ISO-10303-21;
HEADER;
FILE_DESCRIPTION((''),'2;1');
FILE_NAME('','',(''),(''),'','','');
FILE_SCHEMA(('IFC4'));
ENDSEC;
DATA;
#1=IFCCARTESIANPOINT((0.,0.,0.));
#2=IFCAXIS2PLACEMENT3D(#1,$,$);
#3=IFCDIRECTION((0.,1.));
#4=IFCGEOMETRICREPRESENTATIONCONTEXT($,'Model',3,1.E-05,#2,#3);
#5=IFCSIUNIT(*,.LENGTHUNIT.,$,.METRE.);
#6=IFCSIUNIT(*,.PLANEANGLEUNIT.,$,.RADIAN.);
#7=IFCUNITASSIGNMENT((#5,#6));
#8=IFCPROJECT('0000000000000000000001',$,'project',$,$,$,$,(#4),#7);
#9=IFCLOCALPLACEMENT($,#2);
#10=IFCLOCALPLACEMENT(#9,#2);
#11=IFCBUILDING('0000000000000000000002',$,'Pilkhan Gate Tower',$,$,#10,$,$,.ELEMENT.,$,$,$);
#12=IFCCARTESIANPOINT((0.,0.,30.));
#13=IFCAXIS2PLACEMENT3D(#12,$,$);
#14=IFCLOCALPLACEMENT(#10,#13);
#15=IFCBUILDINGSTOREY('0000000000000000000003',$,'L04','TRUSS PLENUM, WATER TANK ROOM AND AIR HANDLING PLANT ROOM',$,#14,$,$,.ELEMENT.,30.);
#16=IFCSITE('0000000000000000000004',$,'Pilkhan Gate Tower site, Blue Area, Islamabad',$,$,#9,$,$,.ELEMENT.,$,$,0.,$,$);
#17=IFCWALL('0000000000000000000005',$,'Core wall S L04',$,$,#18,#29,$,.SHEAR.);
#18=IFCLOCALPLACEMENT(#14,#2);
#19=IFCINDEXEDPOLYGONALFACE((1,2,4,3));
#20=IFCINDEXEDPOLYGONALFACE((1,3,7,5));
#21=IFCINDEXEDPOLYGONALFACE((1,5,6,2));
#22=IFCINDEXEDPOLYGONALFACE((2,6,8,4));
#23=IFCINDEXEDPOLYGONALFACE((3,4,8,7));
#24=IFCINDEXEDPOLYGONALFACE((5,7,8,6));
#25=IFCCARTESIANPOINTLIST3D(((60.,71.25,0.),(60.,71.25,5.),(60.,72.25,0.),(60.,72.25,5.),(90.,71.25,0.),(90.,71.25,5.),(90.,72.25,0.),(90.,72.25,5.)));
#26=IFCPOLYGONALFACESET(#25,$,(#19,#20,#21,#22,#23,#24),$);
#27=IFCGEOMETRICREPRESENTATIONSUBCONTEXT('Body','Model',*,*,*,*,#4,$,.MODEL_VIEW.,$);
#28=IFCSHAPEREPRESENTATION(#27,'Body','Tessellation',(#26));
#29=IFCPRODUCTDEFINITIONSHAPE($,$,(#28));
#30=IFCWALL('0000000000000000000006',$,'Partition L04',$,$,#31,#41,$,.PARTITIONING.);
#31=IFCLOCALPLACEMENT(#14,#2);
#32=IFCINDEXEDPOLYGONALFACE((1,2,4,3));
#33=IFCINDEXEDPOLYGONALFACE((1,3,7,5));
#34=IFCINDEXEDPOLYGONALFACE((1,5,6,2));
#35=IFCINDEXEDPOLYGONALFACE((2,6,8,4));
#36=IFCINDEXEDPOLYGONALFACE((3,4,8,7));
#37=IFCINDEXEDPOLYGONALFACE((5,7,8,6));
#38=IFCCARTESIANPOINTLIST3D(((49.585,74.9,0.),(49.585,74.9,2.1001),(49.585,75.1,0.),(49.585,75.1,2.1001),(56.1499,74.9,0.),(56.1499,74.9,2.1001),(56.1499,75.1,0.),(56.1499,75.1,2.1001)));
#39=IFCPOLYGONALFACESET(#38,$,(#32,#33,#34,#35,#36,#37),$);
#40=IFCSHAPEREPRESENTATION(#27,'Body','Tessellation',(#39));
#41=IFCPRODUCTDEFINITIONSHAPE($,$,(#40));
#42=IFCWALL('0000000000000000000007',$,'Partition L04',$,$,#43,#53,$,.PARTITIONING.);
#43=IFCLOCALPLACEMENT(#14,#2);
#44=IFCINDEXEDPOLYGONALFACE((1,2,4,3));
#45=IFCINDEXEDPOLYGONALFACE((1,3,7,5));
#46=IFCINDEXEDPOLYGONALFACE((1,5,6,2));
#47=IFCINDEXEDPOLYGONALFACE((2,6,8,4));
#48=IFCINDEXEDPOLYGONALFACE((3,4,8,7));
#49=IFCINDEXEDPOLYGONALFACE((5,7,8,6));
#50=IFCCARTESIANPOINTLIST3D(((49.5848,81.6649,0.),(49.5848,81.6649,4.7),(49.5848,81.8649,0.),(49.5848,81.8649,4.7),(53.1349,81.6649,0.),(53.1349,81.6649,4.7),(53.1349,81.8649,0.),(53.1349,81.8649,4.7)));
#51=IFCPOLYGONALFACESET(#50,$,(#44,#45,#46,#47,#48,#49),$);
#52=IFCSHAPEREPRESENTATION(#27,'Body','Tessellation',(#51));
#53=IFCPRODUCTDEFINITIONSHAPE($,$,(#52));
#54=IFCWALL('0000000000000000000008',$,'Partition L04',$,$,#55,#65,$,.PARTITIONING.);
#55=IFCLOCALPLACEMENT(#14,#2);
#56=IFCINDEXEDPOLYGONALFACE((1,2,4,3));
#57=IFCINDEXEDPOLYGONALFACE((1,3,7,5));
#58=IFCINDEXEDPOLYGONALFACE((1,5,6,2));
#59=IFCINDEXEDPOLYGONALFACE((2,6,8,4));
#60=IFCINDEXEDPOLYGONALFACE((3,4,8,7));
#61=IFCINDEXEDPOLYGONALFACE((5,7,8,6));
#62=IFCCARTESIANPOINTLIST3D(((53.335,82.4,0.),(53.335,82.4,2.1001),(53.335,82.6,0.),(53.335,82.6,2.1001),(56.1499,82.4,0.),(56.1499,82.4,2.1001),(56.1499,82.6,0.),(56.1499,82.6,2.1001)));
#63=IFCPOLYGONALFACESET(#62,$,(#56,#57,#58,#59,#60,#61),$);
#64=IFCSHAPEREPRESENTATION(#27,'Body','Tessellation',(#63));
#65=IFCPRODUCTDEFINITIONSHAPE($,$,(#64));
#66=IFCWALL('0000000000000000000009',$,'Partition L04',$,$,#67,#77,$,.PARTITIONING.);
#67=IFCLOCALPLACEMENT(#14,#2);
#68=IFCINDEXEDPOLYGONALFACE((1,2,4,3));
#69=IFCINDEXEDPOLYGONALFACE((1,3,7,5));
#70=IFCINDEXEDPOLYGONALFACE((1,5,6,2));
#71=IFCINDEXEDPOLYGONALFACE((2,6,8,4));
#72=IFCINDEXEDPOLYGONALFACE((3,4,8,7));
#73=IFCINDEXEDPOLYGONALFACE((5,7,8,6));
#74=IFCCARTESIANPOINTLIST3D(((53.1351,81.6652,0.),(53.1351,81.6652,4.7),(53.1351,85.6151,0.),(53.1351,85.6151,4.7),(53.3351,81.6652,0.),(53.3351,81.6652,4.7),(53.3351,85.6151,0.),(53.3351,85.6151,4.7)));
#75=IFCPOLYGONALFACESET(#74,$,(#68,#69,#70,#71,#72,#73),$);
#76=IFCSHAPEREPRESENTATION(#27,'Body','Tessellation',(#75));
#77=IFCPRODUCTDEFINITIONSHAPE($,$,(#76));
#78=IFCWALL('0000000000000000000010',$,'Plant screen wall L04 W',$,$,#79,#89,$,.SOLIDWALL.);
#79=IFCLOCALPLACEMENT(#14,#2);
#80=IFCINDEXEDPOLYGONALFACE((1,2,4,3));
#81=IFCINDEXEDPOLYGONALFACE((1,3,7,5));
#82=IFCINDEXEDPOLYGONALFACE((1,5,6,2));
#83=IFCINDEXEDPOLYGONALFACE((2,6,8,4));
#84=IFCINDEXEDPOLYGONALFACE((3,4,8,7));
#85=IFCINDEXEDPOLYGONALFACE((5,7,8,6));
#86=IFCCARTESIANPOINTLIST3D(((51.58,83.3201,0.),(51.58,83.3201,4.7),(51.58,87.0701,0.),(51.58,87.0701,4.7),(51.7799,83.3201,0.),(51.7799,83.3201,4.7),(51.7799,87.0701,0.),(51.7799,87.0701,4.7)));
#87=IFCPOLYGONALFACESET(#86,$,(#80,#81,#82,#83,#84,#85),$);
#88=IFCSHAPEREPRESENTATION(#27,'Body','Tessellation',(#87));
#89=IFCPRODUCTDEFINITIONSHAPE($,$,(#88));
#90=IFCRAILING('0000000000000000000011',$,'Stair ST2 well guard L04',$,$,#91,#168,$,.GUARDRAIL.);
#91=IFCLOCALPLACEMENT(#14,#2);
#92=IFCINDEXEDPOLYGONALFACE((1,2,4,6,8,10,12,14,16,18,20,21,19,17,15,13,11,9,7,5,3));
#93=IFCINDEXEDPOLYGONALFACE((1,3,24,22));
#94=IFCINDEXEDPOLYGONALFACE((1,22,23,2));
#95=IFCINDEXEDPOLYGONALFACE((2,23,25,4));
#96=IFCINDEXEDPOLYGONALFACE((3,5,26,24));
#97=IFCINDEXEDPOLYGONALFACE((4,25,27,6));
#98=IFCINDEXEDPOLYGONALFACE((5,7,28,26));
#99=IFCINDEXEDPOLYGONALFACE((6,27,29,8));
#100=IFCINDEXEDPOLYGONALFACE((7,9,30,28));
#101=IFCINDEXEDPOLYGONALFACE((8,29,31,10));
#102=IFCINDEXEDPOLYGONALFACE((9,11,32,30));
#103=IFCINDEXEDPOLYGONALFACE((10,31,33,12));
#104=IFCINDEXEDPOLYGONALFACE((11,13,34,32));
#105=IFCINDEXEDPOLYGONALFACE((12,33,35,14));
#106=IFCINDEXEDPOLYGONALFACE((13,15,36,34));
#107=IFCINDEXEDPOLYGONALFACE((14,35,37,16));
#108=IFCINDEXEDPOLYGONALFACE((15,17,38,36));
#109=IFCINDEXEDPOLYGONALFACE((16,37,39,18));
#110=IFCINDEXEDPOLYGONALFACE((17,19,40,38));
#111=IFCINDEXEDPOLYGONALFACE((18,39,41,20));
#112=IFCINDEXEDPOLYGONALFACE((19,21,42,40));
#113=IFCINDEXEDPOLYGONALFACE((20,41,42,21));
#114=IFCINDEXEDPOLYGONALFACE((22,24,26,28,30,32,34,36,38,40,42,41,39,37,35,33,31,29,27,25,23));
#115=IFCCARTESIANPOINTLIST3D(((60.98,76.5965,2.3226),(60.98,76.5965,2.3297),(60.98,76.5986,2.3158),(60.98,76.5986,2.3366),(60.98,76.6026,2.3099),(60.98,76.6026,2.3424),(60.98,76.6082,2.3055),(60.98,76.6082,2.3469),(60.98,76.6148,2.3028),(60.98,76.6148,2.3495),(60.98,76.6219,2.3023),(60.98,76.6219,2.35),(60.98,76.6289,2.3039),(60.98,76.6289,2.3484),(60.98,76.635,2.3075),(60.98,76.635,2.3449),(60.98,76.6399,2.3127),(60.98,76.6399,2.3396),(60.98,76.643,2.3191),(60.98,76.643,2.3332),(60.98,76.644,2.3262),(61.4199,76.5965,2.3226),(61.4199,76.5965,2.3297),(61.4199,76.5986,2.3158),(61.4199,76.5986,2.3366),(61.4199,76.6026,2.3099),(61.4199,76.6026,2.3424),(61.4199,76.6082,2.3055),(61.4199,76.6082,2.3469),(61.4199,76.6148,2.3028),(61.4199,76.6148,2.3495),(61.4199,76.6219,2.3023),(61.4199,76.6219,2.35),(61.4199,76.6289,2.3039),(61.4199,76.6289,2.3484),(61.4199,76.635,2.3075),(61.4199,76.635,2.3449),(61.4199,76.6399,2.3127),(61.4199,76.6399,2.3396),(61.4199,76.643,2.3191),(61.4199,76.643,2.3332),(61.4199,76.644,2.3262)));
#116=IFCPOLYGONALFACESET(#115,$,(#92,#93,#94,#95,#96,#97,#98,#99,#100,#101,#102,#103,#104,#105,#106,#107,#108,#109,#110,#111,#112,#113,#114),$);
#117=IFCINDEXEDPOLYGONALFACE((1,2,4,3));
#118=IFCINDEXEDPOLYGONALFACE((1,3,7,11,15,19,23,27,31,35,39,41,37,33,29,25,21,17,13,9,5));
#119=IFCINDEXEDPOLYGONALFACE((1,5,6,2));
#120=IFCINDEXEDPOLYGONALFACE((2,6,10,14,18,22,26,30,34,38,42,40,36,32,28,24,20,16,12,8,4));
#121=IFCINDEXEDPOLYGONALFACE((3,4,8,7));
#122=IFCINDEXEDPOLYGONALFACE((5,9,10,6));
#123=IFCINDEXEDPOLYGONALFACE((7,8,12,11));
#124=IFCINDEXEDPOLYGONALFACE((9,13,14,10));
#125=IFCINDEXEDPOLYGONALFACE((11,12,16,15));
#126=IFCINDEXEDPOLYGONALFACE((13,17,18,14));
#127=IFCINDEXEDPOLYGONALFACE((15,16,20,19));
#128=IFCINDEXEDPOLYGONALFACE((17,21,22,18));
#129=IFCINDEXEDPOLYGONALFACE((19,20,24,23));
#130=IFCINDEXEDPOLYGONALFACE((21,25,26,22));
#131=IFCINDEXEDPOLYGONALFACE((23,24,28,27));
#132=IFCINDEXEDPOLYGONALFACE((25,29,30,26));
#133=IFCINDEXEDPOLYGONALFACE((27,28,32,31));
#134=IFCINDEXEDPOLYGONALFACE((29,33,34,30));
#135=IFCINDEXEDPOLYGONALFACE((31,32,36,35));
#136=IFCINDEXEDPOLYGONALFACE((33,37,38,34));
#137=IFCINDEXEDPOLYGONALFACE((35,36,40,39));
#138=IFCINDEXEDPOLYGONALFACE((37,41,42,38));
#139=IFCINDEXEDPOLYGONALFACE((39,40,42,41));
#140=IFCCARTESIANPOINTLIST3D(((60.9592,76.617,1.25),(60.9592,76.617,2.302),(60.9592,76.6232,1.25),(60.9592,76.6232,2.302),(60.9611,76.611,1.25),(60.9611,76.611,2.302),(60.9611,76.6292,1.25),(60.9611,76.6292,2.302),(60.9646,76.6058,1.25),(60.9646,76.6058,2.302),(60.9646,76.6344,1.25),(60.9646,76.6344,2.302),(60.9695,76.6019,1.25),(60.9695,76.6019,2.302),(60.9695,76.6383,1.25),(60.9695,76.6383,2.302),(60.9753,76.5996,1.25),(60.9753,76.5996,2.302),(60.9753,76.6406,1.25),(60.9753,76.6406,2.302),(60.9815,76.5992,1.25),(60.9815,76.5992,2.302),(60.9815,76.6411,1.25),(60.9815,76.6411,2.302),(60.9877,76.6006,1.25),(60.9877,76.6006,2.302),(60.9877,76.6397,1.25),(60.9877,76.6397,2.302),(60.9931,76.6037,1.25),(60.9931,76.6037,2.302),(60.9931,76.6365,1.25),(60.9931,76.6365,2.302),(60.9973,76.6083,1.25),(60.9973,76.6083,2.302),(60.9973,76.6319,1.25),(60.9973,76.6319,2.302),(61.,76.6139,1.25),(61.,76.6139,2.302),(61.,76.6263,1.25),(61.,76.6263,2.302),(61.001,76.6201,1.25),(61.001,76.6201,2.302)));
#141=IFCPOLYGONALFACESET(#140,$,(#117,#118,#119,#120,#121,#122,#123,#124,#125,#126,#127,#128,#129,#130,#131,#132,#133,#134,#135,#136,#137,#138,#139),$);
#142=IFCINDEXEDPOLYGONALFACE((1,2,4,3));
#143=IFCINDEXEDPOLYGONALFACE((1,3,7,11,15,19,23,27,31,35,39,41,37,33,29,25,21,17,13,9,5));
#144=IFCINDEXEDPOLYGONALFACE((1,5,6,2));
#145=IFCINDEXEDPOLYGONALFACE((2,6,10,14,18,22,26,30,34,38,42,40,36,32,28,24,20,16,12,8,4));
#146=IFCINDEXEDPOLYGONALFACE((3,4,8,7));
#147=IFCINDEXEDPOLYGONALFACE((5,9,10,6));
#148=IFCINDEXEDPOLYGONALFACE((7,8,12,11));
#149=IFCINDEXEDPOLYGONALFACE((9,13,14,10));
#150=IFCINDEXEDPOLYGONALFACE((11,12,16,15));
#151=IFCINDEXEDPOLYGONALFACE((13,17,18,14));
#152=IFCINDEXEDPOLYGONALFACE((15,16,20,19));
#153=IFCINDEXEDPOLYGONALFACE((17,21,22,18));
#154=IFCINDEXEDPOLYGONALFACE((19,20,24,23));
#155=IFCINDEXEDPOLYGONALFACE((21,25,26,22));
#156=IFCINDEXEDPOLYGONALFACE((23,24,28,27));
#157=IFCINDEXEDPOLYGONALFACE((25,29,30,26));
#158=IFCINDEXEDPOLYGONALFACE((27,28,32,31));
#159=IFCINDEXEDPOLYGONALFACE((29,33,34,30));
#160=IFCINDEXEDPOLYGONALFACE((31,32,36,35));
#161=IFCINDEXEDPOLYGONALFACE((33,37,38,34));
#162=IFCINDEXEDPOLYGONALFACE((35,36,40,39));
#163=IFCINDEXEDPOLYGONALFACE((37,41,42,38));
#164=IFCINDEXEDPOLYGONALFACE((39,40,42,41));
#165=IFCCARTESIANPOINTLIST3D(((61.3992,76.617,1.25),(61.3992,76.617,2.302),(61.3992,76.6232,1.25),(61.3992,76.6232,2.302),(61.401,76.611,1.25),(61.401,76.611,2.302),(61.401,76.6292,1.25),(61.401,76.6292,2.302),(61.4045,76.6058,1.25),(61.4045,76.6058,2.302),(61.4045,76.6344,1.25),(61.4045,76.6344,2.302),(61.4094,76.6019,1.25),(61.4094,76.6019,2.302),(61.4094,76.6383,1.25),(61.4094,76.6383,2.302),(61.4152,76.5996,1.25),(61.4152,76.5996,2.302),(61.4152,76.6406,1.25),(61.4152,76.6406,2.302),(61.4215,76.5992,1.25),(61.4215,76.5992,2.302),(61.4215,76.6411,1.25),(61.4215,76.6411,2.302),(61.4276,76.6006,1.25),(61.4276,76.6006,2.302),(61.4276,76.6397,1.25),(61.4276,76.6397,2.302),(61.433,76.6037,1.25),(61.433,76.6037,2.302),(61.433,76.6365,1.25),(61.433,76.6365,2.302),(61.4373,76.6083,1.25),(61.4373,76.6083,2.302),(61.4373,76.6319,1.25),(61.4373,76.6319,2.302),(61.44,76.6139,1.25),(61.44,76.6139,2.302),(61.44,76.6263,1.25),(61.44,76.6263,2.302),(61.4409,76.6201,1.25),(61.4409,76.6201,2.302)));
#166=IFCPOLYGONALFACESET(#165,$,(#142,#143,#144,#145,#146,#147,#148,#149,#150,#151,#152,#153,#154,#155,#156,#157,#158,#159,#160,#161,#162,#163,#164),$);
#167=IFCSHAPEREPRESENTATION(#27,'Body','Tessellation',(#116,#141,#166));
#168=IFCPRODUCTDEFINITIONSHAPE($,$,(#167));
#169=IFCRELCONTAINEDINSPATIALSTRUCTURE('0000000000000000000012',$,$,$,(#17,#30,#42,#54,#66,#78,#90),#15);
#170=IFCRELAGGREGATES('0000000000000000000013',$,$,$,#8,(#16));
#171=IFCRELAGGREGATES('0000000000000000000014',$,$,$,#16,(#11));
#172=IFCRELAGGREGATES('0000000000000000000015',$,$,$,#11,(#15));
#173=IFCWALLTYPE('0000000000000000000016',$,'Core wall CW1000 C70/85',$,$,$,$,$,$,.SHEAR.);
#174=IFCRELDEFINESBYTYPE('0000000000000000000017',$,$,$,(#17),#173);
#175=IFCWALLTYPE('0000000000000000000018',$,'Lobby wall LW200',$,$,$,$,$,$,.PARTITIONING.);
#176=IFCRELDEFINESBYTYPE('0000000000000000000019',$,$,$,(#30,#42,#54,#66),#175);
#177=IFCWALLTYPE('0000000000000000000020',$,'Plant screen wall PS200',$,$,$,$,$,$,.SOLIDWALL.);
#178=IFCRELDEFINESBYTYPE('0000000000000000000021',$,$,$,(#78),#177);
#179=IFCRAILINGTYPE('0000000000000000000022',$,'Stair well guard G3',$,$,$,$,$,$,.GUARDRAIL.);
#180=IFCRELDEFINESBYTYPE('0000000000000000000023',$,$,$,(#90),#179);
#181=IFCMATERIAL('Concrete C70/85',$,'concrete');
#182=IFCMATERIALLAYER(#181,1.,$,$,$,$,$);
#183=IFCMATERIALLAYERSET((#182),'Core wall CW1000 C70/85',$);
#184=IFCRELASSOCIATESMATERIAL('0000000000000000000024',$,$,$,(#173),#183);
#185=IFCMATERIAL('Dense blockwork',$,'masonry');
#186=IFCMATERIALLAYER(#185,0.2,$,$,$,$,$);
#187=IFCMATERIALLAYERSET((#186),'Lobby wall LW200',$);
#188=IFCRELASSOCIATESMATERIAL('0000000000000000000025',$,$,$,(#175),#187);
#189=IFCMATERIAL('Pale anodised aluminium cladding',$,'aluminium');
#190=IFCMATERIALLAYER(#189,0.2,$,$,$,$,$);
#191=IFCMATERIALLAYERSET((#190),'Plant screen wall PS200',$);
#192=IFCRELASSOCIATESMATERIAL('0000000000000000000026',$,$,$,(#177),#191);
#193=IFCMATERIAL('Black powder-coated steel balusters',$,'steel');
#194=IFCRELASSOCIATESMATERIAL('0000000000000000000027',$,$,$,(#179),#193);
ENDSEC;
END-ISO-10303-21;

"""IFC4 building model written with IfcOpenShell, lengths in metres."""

from ifc_helpers import new_model, si_unit, direction, frame, frame_2d, origin, origin_2d, place, context, subcontext, project, spatial, rectangle, circle, extrude, material, layer, layer_set, type_object, element, save


model = new_model("IFC4")

# Units and contexts
model_context = context("Model", 3, precision=1e-05, world=origin(), true_north=direction((0.0, 1.0)))
body_context = subcontext(model_context, "Body", "Model", "MODEL_VIEW")
ifc_project = project(units=[si_unit("LENGTHUNIT", "METRE"), si_unit("PLANEANGLEUNIT", "RADIAN")], contexts=[model_context])

# Site, building, storey
site_placement = place(None, origin())
site = spatial("IfcSite", under=ifc_project, at=site_placement, Name="Pilkhan Gate Tower site, Blue Area, Islamabad", CompositionType="ELEMENT", RefElevation=0.0)
building_placement = place(site_placement, origin())
building = spatial("IfcBuilding", under=site, at=building_placement, Name="Pilkhan Gate Tower", CompositionType="ELEMENT")
storey_placement = place(building_placement, frame((0.0, 0.0, 30.0)))
storey = spatial("IfcBuildingStorey", under=building, at=storey_placement, Name="L04", Description="TRUSS PLENUM, WATER TANK ROOM AND AIR HANDLING PLANT ROOM", CompositionType="ELEMENT", Elevation=30.0)

# Walls
ifc_material_1 = material(Name="Concrete C70/85", Category="concrete")
ifc_layer_1 = layer(ifc_material_1, 1.0)
ifc_layer_set_1 = layer_set([ifc_layer_1], Name="Core wall CW1000 C70/85")
wall_type_1 = type_object("IfcWallType", Name="Core wall CW1000 C70/85", PredefinedType="SHEAR", material=ifc_layer_set_1)
wall_1_placement = place(storey_placement, frame((60.0, 71.75, 0.0), z_axis=(0.0, 0.0, 1.0), x_axis=(1.0, 0.0, 0.0)))
element("IfcWall", 1, at=wall_1_placement, inside=storey, type_object=wall_type_1, Name="Core wall S L04", PredefinedType="SHEAR", context=body_context, shape_type="SweptSolid", body=[
    extrude(rectangle(XDim=30.0, YDim=1.0, at=frame_2d((15.0, 0.0))), origin(), (0.0, 0.0, 1.0), 5.0),
])
ifc_material_2 = material(Name="Dense blockwork", Category="masonry")
ifc_layer_2 = layer(ifc_material_2, 0.2)
ifc_layer_set_2 = layer_set([ifc_layer_2], Name="Lobby wall LW200")
wall_type_2 = type_object("IfcWallType", Name="Lobby wall LW200", PredefinedType="PARTITIONING", material=ifc_layer_set_2)
wall_2_placement = place(storey_placement, frame((49.585, 75.0, 0.0), z_axis=(0.0, 0.0, 1.0), x_axis=(1.0, 0.0, 0.0)))
element("IfcWall", 2, at=wall_2_placement, inside=storey, type_object=wall_type_2, Name="Partition L04", PredefinedType="PARTITIONING", context=body_context, shape_type="SweptSolid", body=[
    extrude(rectangle(XDim=6.5649, YDim=0.2, at=frame_2d((3.2825, 0.0))), origin(), (0.0, 0.0, 1.0), 2.1001),
])
wall_3_placement = place(storey_placement, frame((49.585, 81.7649, 0.0), z_axis=(0.0, 0.0, 1.0), x_axis=(1.0, 0.0, 0.0)))
element("IfcWall", 3, at=wall_3_placement, inside=storey, type_object=wall_type_2, Name="Partition L04", PredefinedType="PARTITIONING", context=body_context, shape_type="SweptSolid", body=[
    extrude(rectangle(XDim=3.55, YDim=0.2, at=frame_2d((1.7749, 0.0))), origin(), (0.0, 0.0, 1.0), 4.7),
])
wall_4_placement = place(storey_placement, frame((53.335, 82.5, 0.0), z_axis=(0.0, 0.0, 1.0), x_axis=(1.0, 0.0, 0.0)))
element("IfcWall", 4, at=wall_4_placement, inside=storey, type_object=wall_type_2, Name="Partition L04", PredefinedType="PARTITIONING", context=body_context, shape_type="SweptSolid", body=[
    extrude(rectangle(XDim=2.8149, YDim=0.2, at=frame_2d((1.4075, 0.0))), origin(), (0.0, 0.0, 1.0), 2.1001),
])
wall_5_placement = place(storey_placement, frame((53.2351, 81.665, 0.0), z_axis=(0.0, 0.0, 1.0), x_axis=(0.0, 1.0, 0.0)))
element("IfcWall", 5, at=wall_5_placement, inside=storey, type_object=wall_type_2, Name="Partition L04", PredefinedType="PARTITIONING", context=body_context, shape_type="SweptSolid", body=[
    extrude(rectangle(XDim=3.95, YDim=0.2, at=frame_2d((1.9751, 0.0))), origin(), (0.0, 0.0, 1.0), 4.7),
])
ifc_material_3 = material(Name="Pale anodised aluminium cladding", Category="aluminium")
ifc_layer_3 = layer(ifc_material_3, 0.2)
ifc_layer_set_3 = layer_set([ifc_layer_3], Name="Plant screen wall PS200")
wall_type_3 = type_object("IfcWallType", Name="Plant screen wall PS200", PredefinedType="SOLIDWALL", material=ifc_layer_set_3)
wall_6_placement = place(storey_placement, frame((51.6799, 83.3201, 0.0), z_axis=(0.0, 0.0, 1.0), x_axis=(0.0, 1.0, 0.0)))
element("IfcWall", 6, at=wall_6_placement, inside=storey, type_object=wall_type_3, Name="Plant screen wall L04 W", PredefinedType="SOLIDWALL", context=body_context, shape_type="SweptSolid", body=[
    extrude(rectangle(XDim=3.75, YDim=0.2, at=frame_2d((1.875, 0.0))), origin(), (0.0, 0.0, 1.0), 4.7),
])

# Railing
ifc_material_4 = material(Name="Black powder-coated steel balusters", Category="steel")
railing_type = type_object("IfcRailingType", Name="Stair well guard G3", PredefinedType="GUARDRAIL", material=ifc_material_4)
for number, where, name in (
    (7, (60.98, 76.6201, 1.25), "Stair ST2 well guard L04"),
):
    element("IfcRailing", number, at=place(storey_placement, frame(where)), inside=storey, type_object=railing_type, Name=name, PredefinedType="GUARDRAIL", context=body_context, shape_type="SweptSolid", body=[
        extrude(circle(Radius=0.0239, at=origin_2d()), frame((0.0, 0.0, 1.0762), z_axis=(1.0, 0.0, 0.0), x_axis=(0.0, 1.0, 0.0)), (0.0, 0.0, 1.0), 0.4399),
        extrude(circle(Radius=0.021, at=origin_2d()), origin(), (0.0, 0.0, 1.0), 1.052),
        extrude(circle(Radius=0.021, at=origin_2d()), frame((0.4399, 0.0, 0.0)), (0.0, 0.0, 1.0), 1.052),
    ])

save(model, "model.ifc")
